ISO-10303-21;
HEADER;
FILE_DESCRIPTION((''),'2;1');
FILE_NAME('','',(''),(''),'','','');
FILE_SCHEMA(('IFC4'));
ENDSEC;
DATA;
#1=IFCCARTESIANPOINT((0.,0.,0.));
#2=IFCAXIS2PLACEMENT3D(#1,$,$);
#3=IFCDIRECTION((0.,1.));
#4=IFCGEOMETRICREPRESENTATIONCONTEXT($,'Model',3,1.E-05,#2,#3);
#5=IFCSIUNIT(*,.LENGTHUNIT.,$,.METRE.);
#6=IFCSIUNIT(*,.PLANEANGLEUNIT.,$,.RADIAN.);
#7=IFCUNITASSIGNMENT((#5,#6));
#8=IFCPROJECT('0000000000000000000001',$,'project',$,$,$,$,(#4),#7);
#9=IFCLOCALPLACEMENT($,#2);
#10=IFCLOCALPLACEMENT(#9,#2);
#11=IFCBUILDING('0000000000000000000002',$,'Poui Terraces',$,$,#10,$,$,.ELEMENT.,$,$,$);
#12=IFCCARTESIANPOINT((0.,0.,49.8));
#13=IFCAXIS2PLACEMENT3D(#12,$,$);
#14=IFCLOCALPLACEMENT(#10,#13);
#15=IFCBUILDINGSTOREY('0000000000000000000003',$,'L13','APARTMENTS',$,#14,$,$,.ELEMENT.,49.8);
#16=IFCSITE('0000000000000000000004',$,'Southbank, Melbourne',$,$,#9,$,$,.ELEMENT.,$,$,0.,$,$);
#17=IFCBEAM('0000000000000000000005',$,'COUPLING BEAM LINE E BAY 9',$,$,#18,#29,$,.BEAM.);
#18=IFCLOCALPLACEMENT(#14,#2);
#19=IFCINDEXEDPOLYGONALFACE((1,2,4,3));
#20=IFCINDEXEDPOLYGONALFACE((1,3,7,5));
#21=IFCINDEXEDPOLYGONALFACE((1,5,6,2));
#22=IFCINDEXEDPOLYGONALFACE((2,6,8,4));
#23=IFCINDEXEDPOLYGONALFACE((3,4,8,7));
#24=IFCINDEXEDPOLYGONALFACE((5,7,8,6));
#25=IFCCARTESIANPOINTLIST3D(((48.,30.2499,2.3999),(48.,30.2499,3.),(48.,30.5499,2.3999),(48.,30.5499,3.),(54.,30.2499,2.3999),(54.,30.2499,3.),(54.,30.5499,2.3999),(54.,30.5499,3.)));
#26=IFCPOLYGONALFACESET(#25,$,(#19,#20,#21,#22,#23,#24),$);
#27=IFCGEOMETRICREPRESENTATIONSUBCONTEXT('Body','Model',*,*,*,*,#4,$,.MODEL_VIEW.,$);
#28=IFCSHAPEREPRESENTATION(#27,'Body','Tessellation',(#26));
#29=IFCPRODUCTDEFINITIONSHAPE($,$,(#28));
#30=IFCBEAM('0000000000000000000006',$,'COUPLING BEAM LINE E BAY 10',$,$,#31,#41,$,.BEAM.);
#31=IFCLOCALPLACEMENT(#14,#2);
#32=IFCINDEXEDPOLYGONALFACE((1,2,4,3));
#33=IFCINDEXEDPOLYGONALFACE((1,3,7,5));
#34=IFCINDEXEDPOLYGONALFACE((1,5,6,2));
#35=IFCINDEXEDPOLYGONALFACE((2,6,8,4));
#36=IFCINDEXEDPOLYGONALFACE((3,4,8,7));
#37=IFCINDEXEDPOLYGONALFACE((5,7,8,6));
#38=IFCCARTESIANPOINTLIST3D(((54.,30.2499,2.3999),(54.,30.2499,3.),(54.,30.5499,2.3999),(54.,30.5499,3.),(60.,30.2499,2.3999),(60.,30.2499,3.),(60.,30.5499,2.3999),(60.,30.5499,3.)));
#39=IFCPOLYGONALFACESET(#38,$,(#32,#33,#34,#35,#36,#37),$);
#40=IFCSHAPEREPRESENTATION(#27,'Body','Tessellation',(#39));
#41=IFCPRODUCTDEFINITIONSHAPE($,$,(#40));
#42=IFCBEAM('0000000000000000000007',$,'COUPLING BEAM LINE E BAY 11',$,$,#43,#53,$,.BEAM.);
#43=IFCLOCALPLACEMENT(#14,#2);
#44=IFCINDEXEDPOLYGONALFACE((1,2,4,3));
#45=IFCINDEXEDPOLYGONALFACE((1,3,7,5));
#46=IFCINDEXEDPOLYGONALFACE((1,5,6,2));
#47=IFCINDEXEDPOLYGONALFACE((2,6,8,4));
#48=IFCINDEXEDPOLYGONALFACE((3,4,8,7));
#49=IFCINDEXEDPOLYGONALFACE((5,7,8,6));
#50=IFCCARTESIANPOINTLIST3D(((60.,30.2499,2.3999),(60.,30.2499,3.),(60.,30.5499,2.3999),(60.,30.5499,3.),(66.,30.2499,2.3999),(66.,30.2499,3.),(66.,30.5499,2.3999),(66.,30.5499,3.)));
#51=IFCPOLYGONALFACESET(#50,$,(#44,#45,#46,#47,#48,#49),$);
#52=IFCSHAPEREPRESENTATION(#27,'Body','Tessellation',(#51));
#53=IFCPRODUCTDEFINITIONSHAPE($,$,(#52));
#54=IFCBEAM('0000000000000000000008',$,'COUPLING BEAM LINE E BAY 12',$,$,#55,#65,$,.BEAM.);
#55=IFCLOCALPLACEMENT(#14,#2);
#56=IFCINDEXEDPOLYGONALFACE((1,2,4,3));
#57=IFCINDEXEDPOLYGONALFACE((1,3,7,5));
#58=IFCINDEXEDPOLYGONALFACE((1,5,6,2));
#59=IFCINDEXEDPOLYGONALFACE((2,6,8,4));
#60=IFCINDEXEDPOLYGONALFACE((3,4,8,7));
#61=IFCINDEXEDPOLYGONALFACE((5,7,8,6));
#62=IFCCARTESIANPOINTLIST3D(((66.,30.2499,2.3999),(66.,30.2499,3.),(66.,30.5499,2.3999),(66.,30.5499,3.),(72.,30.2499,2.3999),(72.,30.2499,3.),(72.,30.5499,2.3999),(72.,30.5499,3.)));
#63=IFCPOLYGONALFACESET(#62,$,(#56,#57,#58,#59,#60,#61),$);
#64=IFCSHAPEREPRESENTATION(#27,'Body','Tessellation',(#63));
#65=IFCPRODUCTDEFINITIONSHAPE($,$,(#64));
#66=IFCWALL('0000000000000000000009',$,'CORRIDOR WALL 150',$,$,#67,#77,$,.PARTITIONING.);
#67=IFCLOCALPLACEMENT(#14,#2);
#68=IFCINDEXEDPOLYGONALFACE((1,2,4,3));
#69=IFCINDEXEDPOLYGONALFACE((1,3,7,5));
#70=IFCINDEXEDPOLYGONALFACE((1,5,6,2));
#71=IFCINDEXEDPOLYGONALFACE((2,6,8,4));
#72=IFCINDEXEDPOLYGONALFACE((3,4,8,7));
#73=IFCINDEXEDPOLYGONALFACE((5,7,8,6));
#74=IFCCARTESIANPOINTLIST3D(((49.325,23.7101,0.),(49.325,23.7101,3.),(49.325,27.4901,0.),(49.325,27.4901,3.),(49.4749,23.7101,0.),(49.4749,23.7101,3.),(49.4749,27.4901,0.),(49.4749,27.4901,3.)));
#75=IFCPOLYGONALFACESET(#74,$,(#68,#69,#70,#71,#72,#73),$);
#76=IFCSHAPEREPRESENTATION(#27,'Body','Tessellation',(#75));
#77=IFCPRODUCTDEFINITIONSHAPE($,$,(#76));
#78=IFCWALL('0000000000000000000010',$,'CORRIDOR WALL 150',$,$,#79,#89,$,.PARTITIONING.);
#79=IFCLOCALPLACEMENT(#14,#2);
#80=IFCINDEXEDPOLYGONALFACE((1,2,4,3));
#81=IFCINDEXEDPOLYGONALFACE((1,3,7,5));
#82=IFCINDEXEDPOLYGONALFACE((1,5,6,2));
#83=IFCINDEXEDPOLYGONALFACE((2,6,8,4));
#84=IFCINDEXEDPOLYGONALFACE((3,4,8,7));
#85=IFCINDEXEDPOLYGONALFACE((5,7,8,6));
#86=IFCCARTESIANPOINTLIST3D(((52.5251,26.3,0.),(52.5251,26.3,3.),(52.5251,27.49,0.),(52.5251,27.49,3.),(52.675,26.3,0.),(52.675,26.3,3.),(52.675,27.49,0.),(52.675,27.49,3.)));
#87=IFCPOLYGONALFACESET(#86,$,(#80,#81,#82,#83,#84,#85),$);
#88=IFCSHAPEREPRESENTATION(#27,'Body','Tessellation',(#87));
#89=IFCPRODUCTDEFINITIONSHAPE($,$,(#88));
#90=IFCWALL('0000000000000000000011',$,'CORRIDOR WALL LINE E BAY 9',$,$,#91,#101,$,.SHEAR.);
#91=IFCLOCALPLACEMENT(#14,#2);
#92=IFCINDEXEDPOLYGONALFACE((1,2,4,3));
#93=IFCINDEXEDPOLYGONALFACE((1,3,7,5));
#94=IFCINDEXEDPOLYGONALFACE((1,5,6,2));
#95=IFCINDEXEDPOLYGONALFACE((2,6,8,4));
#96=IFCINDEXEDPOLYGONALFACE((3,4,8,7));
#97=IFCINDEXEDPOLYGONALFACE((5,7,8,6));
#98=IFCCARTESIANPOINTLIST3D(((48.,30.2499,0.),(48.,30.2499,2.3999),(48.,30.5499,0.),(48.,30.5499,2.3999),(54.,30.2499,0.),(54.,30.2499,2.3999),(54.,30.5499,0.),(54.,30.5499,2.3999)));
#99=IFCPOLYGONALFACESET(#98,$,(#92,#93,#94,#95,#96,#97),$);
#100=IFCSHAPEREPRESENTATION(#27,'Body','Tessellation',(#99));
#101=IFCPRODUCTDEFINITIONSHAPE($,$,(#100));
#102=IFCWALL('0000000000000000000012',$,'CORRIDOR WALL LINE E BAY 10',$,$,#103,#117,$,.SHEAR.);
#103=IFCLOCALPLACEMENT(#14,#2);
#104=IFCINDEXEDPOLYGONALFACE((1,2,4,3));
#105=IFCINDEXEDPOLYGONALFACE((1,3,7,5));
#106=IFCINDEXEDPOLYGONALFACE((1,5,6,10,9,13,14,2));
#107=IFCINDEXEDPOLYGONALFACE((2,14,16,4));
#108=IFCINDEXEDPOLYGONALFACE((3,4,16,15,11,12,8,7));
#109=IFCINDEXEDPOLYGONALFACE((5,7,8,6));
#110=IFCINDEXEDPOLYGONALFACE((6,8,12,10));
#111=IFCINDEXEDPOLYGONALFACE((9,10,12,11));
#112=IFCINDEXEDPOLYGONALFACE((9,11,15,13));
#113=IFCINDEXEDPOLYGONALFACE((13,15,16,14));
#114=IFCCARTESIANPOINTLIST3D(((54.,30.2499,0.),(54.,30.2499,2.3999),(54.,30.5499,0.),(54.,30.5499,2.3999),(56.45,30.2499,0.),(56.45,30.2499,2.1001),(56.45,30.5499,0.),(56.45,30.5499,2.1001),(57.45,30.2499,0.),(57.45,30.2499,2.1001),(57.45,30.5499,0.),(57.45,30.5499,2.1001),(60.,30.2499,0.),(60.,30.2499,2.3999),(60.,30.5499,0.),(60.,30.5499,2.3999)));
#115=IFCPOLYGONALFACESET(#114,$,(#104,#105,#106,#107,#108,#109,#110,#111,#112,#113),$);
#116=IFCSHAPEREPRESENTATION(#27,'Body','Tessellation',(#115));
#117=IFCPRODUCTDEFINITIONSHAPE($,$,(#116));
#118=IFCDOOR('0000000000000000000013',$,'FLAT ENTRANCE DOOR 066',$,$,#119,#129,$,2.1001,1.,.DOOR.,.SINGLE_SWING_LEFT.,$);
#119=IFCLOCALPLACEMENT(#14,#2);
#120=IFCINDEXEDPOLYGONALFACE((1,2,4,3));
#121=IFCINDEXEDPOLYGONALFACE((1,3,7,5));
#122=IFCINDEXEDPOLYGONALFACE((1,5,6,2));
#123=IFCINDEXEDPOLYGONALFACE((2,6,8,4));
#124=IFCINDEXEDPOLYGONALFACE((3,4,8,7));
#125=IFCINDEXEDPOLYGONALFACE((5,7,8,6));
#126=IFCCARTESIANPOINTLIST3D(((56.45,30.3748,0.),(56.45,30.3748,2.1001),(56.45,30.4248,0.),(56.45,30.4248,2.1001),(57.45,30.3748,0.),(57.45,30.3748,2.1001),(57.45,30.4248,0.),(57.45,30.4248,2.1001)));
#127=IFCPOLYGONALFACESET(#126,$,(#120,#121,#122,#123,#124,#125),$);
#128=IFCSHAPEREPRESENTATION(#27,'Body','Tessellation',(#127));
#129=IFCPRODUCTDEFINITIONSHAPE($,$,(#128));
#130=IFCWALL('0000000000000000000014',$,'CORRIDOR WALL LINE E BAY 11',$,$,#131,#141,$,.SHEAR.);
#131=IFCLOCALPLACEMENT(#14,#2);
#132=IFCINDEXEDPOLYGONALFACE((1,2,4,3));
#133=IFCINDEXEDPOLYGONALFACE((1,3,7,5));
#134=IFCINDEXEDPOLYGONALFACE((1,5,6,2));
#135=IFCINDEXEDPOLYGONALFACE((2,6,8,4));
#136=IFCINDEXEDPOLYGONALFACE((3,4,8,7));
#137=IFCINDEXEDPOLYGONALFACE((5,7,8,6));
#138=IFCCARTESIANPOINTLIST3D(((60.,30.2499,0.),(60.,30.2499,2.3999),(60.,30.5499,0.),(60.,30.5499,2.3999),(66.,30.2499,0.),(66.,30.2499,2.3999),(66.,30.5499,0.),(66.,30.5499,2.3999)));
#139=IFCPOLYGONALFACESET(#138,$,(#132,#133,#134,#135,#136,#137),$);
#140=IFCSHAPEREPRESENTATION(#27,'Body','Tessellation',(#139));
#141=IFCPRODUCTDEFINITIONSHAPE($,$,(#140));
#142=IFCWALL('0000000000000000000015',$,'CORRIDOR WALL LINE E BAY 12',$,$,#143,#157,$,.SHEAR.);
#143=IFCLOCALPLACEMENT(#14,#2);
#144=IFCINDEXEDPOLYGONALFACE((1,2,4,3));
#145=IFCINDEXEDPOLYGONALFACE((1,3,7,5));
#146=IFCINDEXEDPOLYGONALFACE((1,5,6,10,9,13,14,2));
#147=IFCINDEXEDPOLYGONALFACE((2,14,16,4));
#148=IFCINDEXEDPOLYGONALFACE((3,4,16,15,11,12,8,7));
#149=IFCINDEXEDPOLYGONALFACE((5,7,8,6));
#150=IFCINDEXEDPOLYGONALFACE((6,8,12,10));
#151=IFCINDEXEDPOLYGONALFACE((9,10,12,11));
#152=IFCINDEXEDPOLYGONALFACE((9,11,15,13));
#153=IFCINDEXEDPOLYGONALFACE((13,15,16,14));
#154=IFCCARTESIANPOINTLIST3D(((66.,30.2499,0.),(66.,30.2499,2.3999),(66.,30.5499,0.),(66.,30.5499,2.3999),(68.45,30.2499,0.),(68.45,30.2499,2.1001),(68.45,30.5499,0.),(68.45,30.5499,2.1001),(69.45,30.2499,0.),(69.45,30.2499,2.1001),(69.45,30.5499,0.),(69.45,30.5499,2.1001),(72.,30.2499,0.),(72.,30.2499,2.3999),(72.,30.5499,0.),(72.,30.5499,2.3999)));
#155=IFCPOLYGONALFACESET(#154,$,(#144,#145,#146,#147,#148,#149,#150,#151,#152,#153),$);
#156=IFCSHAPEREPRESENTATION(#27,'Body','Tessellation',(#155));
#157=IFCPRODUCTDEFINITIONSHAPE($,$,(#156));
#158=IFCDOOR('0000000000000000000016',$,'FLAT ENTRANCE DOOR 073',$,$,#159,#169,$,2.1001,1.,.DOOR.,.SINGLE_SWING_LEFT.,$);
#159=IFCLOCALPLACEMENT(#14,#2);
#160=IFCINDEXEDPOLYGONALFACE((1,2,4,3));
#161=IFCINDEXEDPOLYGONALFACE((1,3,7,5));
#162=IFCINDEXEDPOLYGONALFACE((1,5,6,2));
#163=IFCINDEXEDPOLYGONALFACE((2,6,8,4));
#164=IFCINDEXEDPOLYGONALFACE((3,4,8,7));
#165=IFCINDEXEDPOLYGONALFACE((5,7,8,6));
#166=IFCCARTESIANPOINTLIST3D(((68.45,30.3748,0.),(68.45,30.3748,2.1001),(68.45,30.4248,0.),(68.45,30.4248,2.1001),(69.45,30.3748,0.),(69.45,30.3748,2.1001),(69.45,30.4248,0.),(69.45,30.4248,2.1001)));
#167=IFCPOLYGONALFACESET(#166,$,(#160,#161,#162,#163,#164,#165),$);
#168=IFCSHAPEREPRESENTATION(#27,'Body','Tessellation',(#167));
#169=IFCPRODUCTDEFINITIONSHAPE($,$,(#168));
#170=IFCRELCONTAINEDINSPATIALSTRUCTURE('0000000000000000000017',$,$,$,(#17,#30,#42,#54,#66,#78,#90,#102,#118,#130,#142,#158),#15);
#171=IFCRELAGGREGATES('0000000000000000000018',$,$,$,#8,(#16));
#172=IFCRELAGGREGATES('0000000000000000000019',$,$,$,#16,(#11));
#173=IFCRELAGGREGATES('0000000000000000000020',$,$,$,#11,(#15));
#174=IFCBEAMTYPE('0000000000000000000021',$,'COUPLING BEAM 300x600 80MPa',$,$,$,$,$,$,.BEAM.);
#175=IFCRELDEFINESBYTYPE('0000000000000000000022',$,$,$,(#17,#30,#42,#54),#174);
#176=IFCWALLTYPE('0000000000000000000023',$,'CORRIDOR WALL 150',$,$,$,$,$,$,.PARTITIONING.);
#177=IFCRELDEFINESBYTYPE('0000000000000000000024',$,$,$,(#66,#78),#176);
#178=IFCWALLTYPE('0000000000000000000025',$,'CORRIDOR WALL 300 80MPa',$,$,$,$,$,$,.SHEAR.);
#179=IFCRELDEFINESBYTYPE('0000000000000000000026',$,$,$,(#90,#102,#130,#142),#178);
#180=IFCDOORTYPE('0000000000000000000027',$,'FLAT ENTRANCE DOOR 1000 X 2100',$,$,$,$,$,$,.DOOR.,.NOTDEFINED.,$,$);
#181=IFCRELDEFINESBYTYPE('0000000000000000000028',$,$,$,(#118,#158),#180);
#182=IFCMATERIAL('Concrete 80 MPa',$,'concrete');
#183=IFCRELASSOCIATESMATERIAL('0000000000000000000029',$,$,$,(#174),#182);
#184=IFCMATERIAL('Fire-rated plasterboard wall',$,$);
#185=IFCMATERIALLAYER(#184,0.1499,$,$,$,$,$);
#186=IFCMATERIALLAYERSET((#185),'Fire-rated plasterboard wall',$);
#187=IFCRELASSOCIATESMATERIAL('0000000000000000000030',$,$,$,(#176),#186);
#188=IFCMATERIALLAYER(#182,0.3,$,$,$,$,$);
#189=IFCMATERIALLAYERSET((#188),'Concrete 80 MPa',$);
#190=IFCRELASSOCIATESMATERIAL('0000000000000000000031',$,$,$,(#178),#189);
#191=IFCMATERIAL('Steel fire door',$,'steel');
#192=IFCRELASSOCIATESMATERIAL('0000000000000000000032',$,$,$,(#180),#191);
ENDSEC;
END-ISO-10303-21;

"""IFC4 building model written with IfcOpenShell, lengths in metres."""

from ifc_helpers import new_model, si_unit, direction, frame, frame_2d, origin, origin_2d, place, context, subcontext, project, spatial, rectangle, extrude, source, transform, mapped, material, layer, layer_set, material_profile, profile_set, type_object, element, fill, save


model = new_model("IFC4")

# Units and contexts
model_context = context("Model", 3, precision=1e-05, world=origin(), true_north=direction((0.0, 1.0)))
body_context = subcontext(model_context, "Body", "Model", "MODEL_VIEW")
ifc_project = project(units=[si_unit("LENGTHUNIT", "METRE"), si_unit("PLANEANGLEUNIT", "RADIAN")], contexts=[model_context])

# Site, building, storey
site_placement = place(None, origin())
site = spatial("IfcSite", under=ifc_project, at=site_placement, Name="Southbank, Melbourne", CompositionType="ELEMENT", RefElevation=0.0)
building_placement = place(site_placement, origin())
building = spatial("IfcBuilding", under=site, at=building_placement, Name="Poui Terraces", CompositionType="ELEMENT")
storey_placement = place(building_placement, frame((0.0, 0.0, 49.8)))
storey = spatial("IfcBuildingStorey", under=building, at=storey_placement, Name="L13", Description="APARTMENTS", CompositionType="ELEMENT", Elevation=49.8)

# Beams
ifc_material_1 = material(Name="Concrete 80 MPa", Category="concrete")
ifc_material_profile = material_profile(ifc_material_1, rectangle(XDim=0.3, YDim=0.6001, at=origin_2d()), Name="RC 300x600")
ifc_profile_set = profile_set([ifc_material_profile], Name="Concrete 80 MPa")
beam_type = type_object("IfcBeamType", Name="COUPLING BEAM 300x600 80MPa", PredefinedType="BEAM", material=ifc_profile_set)
shared_shape = source(origin(), body_context, "Body", "SweptSolid", [
    extrude(rectangle(XDim=0.3, YDim=0.6001, at=origin_2d()), origin(), (0.0, 0.0, 1.0), 6.0),
])
for number, where, z_axis, x_axis, name in (
    (1, (48.0, 30.3999, 2.7), (1.0, 0.0, 0.0), (0.0, 1.0, 0.0), "COUPLING BEAM LINE E BAY 9"),
    (2, (54.0, 30.3999, 2.7), (1.0, 0.0, 0.0), (0.0, 1.0, 0.0), "COUPLING BEAM LINE E BAY 10"),
    (3, (60.0, 30.3999, 2.7), (1.0, 0.0, 0.0), (0.0, 1.0, 0.0), "COUPLING BEAM LINE E BAY 11"),
    (4, (66.0, 30.3999, 2.7), (1.0, 0.0, 0.0), (0.0, 1.0, 0.0), "COUPLING BEAM LINE E BAY 12"),
):
    element("IfcBeam", number, at=place(storey_placement, frame(where, z_axis=z_axis, x_axis=x_axis)), inside=storey, type_object=beam_type, Name=name, PredefinedType="BEAM", context=body_context, shape_type="MappedRepresentation", body=[
        mapped(shared_shape, transform((0.0, 0.0, 0.0))),
    ])

# Walls
ifc_material_2 = material(Name="Fire-rated plasterboard wall")
ifc_layer_1 = layer(ifc_material_2, 0.1499)
ifc_layer_set_1 = layer_set([ifc_layer_1], Name="Fire-rated plasterboard wall")
wall_type_1 = type_object("IfcWallType", Name="CORRIDOR WALL 150", PredefinedType="PARTITIONING", material=ifc_layer_set_1)
wall_1_placement = place(storey_placement, frame((49.3999, 23.71, 0.0), z_axis=(0.0, 0.0, 1.0), x_axis=(0.0, 1.0, 0.0)))
element("IfcWall", 5, at=wall_1_placement, inside=storey, type_object=wall_type_1, Name="CORRIDOR WALL 150", PredefinedType="PARTITIONING", context=body_context, shape_type="SweptSolid", body=[
    extrude(rectangle(XDim=3.78, YDim=0.1499, at=frame_2d((1.8901, 0.0))), origin(), (0.0, 0.0, 1.0), 3.0),
])
wall_2_placement = place(storey_placement, frame((52.6001, 26.3, 0.0), z_axis=(0.0, 0.0, 1.0), x_axis=(0.0, 1.0, 0.0)))
element("IfcWall", 6, at=wall_2_placement, inside=storey, type_object=wall_type_1, Name="CORRIDOR WALL 150", PredefinedType="PARTITIONING", context=body_context, shape_type="SweptSolid", body=[
    extrude(rectangle(XDim=1.1899, YDim=0.1499, at=frame_2d((0.595, 0.0))), origin(), (0.0, 0.0, 1.0), 3.0),
])
ifc_layer_2 = layer(ifc_material_1, 0.3)
ifc_layer_set_2 = layer_set([ifc_layer_2], Name="Concrete 80 MPa")
wall_type_2 = type_object("IfcWallType", Name="CORRIDOR WALL 300 80MPa", PredefinedType="SHEAR", material=ifc_layer_set_2)
wall_3_placement = place(storey_placement, frame((48.0, 30.3999, 0.0), z_axis=(0.0, 0.0, 1.0), x_axis=(1.0, 0.0, 0.0)))
element("IfcWall", 7, at=wall_3_placement, inside=storey, type_object=wall_type_2, Name="CORRIDOR WALL LINE E BAY 9", PredefinedType="SHEAR", context=body_context, shape_type="SweptSolid", body=[
    extrude(rectangle(XDim=6.0, YDim=0.3, at=frame_2d((3.0, 0.0))), origin(), (0.0, 0.0, 1.0), 2.3999),
])

# Wall, opening, door
wall_4_placement = place(storey_placement, frame((54.0, 30.3999, 0.0), z_axis=(0.0, 0.0, 1.0), x_axis=(1.0, 0.0, 0.0)))
wall_4 = element("IfcWall", 8, at=wall_4_placement, inside=storey, type_object=wall_type_2, Name="CORRIDOR WALL LINE E BAY 10", PredefinedType="SHEAR", context=body_context, shape_type="SweptSolid", body=[
    extrude(rectangle(XDim=6.0, YDim=0.3, at=frame_2d((3.0, 0.0))), origin(), (0.0, 0.0, 1.0), 2.3999),
])
opening_1_placement = place(wall_4_placement, frame((2.45, 0.0, 0.0)))
opening_1 = element("IfcOpeningElement", 9, at=opening_1_placement, cuts=wall_4, PredefinedType="OPENING", context=body_context, shape_type="SweptSolid", body=[
    extrude(rectangle(XDim=1.0, YDim=2.1001, at=frame_2d((0.5, 1.05))), frame((0.0, 0.1602, 0.0), z_axis=(0.0, -1.0, 0.0), x_axis=(1.0, 0.0, 0.0)), (0.0, 0.0, 1.0), 0.3201),
])
ifc_material_3 = material(Name="Steel fire door", Category="steel")
door_type_1 = type_object("IfcDoorType", Name="FLAT ENTRANCE DOOR 1000 X 2100", OperationType="NOTDEFINED", PredefinedType="DOOR", material=ifc_material_3)
door_1_placement = place(opening_1_placement, origin())
door_1 = element("IfcDoor", 10, at=door_1_placement, inside=storey, type_object=door_type_1, Name="FLAT ENTRANCE DOOR 066", OperationType="SINGLE_SWING_LEFT", OverallHeight=2.1001, OverallWidth=1.0, PredefinedType="DOOR", context=body_context, shape_type="SweptSolid", body=[
    extrude(rectangle(XDim=1.0, YDim=2.1001, at=frame_2d((0.5, 1.05))), frame((0.0, 0.0249, 0.0), z_axis=(0.0, -1.0, 0.0), x_axis=(1.0, 0.0, 0.0)), (0.0, 0.0, 1.0), 0.05),
])
fill(opening_1, door_1)

# Wall
wall_5_placement = place(storey_placement, frame((60.0, 30.3999, 0.0), z_axis=(0.0, 0.0, 1.0), x_axis=(1.0, 0.0, 0.0)))
element("IfcWall", 11, at=wall_5_placement, inside=storey, type_object=wall_type_2, Name="CORRIDOR WALL LINE E BAY 11", PredefinedType="SHEAR", context=body_context, shape_type="SweptSolid", body=[
    extrude(rectangle(XDim=6.0, YDim=0.3, at=frame_2d((3.0, 0.0))), origin(), (0.0, 0.0, 1.0), 2.3999),
])

# Wall, opening, door
wall_6_placement = place(storey_placement, frame((66.0, 30.3999, 0.0), z_axis=(0.0, 0.0, 1.0), x_axis=(1.0, 0.0, 0.0)))
wall_6 = element("IfcWall", 12, at=wall_6_placement, inside=storey, type_object=wall_type_2, Name="CORRIDOR WALL LINE E BAY 12", PredefinedType="SHEAR", context=body_context, shape_type="SweptSolid", body=[
    extrude(rectangle(XDim=6.0, YDim=0.3, at=frame_2d((3.0, 0.0))), origin(), (0.0, 0.0, 1.0), 2.3999),
])
opening_2_placement = place(wall_6_placement, frame((2.45, 0.0, 0.0)))
opening_2 = element("IfcOpeningElement", 13, at=opening_2_placement, cuts=wall_6, PredefinedType="OPENING", context=body_context, shape_type="SweptSolid", body=[
    extrude(rectangle(XDim=1.0, YDim=2.1001, at=frame_2d((0.5, 1.05))), frame((0.0, 0.1602, 0.0), z_axis=(0.0, -1.0, 0.0), x_axis=(1.0, 0.0, 0.0)), (0.0, 0.0, 1.0), 0.3201),
])
door_2_placement = place(opening_2_placement, origin())
door_2 = element("IfcDoor", 14, at=door_2_placement, inside=storey, type_object=door_type_1, Name="FLAT ENTRANCE DOOR 073", OperationType="SINGLE_SWING_LEFT", OverallHeight=2.1001, OverallWidth=1.0, PredefinedType="DOOR", context=body_context, shape_type="SweptSolid", body=[
    extrude(rectangle(XDim=1.0, YDim=2.1001, at=frame_2d((0.5, 1.05))), frame((0.0, 0.0249, 0.0), z_axis=(0.0, -1.0, 0.0), x_axis=(1.0, 0.0, 0.0)), (0.0, 0.0, 1.0), 0.05),
])
fill(opening_2, door_2)

save(model, "model.ifc")
